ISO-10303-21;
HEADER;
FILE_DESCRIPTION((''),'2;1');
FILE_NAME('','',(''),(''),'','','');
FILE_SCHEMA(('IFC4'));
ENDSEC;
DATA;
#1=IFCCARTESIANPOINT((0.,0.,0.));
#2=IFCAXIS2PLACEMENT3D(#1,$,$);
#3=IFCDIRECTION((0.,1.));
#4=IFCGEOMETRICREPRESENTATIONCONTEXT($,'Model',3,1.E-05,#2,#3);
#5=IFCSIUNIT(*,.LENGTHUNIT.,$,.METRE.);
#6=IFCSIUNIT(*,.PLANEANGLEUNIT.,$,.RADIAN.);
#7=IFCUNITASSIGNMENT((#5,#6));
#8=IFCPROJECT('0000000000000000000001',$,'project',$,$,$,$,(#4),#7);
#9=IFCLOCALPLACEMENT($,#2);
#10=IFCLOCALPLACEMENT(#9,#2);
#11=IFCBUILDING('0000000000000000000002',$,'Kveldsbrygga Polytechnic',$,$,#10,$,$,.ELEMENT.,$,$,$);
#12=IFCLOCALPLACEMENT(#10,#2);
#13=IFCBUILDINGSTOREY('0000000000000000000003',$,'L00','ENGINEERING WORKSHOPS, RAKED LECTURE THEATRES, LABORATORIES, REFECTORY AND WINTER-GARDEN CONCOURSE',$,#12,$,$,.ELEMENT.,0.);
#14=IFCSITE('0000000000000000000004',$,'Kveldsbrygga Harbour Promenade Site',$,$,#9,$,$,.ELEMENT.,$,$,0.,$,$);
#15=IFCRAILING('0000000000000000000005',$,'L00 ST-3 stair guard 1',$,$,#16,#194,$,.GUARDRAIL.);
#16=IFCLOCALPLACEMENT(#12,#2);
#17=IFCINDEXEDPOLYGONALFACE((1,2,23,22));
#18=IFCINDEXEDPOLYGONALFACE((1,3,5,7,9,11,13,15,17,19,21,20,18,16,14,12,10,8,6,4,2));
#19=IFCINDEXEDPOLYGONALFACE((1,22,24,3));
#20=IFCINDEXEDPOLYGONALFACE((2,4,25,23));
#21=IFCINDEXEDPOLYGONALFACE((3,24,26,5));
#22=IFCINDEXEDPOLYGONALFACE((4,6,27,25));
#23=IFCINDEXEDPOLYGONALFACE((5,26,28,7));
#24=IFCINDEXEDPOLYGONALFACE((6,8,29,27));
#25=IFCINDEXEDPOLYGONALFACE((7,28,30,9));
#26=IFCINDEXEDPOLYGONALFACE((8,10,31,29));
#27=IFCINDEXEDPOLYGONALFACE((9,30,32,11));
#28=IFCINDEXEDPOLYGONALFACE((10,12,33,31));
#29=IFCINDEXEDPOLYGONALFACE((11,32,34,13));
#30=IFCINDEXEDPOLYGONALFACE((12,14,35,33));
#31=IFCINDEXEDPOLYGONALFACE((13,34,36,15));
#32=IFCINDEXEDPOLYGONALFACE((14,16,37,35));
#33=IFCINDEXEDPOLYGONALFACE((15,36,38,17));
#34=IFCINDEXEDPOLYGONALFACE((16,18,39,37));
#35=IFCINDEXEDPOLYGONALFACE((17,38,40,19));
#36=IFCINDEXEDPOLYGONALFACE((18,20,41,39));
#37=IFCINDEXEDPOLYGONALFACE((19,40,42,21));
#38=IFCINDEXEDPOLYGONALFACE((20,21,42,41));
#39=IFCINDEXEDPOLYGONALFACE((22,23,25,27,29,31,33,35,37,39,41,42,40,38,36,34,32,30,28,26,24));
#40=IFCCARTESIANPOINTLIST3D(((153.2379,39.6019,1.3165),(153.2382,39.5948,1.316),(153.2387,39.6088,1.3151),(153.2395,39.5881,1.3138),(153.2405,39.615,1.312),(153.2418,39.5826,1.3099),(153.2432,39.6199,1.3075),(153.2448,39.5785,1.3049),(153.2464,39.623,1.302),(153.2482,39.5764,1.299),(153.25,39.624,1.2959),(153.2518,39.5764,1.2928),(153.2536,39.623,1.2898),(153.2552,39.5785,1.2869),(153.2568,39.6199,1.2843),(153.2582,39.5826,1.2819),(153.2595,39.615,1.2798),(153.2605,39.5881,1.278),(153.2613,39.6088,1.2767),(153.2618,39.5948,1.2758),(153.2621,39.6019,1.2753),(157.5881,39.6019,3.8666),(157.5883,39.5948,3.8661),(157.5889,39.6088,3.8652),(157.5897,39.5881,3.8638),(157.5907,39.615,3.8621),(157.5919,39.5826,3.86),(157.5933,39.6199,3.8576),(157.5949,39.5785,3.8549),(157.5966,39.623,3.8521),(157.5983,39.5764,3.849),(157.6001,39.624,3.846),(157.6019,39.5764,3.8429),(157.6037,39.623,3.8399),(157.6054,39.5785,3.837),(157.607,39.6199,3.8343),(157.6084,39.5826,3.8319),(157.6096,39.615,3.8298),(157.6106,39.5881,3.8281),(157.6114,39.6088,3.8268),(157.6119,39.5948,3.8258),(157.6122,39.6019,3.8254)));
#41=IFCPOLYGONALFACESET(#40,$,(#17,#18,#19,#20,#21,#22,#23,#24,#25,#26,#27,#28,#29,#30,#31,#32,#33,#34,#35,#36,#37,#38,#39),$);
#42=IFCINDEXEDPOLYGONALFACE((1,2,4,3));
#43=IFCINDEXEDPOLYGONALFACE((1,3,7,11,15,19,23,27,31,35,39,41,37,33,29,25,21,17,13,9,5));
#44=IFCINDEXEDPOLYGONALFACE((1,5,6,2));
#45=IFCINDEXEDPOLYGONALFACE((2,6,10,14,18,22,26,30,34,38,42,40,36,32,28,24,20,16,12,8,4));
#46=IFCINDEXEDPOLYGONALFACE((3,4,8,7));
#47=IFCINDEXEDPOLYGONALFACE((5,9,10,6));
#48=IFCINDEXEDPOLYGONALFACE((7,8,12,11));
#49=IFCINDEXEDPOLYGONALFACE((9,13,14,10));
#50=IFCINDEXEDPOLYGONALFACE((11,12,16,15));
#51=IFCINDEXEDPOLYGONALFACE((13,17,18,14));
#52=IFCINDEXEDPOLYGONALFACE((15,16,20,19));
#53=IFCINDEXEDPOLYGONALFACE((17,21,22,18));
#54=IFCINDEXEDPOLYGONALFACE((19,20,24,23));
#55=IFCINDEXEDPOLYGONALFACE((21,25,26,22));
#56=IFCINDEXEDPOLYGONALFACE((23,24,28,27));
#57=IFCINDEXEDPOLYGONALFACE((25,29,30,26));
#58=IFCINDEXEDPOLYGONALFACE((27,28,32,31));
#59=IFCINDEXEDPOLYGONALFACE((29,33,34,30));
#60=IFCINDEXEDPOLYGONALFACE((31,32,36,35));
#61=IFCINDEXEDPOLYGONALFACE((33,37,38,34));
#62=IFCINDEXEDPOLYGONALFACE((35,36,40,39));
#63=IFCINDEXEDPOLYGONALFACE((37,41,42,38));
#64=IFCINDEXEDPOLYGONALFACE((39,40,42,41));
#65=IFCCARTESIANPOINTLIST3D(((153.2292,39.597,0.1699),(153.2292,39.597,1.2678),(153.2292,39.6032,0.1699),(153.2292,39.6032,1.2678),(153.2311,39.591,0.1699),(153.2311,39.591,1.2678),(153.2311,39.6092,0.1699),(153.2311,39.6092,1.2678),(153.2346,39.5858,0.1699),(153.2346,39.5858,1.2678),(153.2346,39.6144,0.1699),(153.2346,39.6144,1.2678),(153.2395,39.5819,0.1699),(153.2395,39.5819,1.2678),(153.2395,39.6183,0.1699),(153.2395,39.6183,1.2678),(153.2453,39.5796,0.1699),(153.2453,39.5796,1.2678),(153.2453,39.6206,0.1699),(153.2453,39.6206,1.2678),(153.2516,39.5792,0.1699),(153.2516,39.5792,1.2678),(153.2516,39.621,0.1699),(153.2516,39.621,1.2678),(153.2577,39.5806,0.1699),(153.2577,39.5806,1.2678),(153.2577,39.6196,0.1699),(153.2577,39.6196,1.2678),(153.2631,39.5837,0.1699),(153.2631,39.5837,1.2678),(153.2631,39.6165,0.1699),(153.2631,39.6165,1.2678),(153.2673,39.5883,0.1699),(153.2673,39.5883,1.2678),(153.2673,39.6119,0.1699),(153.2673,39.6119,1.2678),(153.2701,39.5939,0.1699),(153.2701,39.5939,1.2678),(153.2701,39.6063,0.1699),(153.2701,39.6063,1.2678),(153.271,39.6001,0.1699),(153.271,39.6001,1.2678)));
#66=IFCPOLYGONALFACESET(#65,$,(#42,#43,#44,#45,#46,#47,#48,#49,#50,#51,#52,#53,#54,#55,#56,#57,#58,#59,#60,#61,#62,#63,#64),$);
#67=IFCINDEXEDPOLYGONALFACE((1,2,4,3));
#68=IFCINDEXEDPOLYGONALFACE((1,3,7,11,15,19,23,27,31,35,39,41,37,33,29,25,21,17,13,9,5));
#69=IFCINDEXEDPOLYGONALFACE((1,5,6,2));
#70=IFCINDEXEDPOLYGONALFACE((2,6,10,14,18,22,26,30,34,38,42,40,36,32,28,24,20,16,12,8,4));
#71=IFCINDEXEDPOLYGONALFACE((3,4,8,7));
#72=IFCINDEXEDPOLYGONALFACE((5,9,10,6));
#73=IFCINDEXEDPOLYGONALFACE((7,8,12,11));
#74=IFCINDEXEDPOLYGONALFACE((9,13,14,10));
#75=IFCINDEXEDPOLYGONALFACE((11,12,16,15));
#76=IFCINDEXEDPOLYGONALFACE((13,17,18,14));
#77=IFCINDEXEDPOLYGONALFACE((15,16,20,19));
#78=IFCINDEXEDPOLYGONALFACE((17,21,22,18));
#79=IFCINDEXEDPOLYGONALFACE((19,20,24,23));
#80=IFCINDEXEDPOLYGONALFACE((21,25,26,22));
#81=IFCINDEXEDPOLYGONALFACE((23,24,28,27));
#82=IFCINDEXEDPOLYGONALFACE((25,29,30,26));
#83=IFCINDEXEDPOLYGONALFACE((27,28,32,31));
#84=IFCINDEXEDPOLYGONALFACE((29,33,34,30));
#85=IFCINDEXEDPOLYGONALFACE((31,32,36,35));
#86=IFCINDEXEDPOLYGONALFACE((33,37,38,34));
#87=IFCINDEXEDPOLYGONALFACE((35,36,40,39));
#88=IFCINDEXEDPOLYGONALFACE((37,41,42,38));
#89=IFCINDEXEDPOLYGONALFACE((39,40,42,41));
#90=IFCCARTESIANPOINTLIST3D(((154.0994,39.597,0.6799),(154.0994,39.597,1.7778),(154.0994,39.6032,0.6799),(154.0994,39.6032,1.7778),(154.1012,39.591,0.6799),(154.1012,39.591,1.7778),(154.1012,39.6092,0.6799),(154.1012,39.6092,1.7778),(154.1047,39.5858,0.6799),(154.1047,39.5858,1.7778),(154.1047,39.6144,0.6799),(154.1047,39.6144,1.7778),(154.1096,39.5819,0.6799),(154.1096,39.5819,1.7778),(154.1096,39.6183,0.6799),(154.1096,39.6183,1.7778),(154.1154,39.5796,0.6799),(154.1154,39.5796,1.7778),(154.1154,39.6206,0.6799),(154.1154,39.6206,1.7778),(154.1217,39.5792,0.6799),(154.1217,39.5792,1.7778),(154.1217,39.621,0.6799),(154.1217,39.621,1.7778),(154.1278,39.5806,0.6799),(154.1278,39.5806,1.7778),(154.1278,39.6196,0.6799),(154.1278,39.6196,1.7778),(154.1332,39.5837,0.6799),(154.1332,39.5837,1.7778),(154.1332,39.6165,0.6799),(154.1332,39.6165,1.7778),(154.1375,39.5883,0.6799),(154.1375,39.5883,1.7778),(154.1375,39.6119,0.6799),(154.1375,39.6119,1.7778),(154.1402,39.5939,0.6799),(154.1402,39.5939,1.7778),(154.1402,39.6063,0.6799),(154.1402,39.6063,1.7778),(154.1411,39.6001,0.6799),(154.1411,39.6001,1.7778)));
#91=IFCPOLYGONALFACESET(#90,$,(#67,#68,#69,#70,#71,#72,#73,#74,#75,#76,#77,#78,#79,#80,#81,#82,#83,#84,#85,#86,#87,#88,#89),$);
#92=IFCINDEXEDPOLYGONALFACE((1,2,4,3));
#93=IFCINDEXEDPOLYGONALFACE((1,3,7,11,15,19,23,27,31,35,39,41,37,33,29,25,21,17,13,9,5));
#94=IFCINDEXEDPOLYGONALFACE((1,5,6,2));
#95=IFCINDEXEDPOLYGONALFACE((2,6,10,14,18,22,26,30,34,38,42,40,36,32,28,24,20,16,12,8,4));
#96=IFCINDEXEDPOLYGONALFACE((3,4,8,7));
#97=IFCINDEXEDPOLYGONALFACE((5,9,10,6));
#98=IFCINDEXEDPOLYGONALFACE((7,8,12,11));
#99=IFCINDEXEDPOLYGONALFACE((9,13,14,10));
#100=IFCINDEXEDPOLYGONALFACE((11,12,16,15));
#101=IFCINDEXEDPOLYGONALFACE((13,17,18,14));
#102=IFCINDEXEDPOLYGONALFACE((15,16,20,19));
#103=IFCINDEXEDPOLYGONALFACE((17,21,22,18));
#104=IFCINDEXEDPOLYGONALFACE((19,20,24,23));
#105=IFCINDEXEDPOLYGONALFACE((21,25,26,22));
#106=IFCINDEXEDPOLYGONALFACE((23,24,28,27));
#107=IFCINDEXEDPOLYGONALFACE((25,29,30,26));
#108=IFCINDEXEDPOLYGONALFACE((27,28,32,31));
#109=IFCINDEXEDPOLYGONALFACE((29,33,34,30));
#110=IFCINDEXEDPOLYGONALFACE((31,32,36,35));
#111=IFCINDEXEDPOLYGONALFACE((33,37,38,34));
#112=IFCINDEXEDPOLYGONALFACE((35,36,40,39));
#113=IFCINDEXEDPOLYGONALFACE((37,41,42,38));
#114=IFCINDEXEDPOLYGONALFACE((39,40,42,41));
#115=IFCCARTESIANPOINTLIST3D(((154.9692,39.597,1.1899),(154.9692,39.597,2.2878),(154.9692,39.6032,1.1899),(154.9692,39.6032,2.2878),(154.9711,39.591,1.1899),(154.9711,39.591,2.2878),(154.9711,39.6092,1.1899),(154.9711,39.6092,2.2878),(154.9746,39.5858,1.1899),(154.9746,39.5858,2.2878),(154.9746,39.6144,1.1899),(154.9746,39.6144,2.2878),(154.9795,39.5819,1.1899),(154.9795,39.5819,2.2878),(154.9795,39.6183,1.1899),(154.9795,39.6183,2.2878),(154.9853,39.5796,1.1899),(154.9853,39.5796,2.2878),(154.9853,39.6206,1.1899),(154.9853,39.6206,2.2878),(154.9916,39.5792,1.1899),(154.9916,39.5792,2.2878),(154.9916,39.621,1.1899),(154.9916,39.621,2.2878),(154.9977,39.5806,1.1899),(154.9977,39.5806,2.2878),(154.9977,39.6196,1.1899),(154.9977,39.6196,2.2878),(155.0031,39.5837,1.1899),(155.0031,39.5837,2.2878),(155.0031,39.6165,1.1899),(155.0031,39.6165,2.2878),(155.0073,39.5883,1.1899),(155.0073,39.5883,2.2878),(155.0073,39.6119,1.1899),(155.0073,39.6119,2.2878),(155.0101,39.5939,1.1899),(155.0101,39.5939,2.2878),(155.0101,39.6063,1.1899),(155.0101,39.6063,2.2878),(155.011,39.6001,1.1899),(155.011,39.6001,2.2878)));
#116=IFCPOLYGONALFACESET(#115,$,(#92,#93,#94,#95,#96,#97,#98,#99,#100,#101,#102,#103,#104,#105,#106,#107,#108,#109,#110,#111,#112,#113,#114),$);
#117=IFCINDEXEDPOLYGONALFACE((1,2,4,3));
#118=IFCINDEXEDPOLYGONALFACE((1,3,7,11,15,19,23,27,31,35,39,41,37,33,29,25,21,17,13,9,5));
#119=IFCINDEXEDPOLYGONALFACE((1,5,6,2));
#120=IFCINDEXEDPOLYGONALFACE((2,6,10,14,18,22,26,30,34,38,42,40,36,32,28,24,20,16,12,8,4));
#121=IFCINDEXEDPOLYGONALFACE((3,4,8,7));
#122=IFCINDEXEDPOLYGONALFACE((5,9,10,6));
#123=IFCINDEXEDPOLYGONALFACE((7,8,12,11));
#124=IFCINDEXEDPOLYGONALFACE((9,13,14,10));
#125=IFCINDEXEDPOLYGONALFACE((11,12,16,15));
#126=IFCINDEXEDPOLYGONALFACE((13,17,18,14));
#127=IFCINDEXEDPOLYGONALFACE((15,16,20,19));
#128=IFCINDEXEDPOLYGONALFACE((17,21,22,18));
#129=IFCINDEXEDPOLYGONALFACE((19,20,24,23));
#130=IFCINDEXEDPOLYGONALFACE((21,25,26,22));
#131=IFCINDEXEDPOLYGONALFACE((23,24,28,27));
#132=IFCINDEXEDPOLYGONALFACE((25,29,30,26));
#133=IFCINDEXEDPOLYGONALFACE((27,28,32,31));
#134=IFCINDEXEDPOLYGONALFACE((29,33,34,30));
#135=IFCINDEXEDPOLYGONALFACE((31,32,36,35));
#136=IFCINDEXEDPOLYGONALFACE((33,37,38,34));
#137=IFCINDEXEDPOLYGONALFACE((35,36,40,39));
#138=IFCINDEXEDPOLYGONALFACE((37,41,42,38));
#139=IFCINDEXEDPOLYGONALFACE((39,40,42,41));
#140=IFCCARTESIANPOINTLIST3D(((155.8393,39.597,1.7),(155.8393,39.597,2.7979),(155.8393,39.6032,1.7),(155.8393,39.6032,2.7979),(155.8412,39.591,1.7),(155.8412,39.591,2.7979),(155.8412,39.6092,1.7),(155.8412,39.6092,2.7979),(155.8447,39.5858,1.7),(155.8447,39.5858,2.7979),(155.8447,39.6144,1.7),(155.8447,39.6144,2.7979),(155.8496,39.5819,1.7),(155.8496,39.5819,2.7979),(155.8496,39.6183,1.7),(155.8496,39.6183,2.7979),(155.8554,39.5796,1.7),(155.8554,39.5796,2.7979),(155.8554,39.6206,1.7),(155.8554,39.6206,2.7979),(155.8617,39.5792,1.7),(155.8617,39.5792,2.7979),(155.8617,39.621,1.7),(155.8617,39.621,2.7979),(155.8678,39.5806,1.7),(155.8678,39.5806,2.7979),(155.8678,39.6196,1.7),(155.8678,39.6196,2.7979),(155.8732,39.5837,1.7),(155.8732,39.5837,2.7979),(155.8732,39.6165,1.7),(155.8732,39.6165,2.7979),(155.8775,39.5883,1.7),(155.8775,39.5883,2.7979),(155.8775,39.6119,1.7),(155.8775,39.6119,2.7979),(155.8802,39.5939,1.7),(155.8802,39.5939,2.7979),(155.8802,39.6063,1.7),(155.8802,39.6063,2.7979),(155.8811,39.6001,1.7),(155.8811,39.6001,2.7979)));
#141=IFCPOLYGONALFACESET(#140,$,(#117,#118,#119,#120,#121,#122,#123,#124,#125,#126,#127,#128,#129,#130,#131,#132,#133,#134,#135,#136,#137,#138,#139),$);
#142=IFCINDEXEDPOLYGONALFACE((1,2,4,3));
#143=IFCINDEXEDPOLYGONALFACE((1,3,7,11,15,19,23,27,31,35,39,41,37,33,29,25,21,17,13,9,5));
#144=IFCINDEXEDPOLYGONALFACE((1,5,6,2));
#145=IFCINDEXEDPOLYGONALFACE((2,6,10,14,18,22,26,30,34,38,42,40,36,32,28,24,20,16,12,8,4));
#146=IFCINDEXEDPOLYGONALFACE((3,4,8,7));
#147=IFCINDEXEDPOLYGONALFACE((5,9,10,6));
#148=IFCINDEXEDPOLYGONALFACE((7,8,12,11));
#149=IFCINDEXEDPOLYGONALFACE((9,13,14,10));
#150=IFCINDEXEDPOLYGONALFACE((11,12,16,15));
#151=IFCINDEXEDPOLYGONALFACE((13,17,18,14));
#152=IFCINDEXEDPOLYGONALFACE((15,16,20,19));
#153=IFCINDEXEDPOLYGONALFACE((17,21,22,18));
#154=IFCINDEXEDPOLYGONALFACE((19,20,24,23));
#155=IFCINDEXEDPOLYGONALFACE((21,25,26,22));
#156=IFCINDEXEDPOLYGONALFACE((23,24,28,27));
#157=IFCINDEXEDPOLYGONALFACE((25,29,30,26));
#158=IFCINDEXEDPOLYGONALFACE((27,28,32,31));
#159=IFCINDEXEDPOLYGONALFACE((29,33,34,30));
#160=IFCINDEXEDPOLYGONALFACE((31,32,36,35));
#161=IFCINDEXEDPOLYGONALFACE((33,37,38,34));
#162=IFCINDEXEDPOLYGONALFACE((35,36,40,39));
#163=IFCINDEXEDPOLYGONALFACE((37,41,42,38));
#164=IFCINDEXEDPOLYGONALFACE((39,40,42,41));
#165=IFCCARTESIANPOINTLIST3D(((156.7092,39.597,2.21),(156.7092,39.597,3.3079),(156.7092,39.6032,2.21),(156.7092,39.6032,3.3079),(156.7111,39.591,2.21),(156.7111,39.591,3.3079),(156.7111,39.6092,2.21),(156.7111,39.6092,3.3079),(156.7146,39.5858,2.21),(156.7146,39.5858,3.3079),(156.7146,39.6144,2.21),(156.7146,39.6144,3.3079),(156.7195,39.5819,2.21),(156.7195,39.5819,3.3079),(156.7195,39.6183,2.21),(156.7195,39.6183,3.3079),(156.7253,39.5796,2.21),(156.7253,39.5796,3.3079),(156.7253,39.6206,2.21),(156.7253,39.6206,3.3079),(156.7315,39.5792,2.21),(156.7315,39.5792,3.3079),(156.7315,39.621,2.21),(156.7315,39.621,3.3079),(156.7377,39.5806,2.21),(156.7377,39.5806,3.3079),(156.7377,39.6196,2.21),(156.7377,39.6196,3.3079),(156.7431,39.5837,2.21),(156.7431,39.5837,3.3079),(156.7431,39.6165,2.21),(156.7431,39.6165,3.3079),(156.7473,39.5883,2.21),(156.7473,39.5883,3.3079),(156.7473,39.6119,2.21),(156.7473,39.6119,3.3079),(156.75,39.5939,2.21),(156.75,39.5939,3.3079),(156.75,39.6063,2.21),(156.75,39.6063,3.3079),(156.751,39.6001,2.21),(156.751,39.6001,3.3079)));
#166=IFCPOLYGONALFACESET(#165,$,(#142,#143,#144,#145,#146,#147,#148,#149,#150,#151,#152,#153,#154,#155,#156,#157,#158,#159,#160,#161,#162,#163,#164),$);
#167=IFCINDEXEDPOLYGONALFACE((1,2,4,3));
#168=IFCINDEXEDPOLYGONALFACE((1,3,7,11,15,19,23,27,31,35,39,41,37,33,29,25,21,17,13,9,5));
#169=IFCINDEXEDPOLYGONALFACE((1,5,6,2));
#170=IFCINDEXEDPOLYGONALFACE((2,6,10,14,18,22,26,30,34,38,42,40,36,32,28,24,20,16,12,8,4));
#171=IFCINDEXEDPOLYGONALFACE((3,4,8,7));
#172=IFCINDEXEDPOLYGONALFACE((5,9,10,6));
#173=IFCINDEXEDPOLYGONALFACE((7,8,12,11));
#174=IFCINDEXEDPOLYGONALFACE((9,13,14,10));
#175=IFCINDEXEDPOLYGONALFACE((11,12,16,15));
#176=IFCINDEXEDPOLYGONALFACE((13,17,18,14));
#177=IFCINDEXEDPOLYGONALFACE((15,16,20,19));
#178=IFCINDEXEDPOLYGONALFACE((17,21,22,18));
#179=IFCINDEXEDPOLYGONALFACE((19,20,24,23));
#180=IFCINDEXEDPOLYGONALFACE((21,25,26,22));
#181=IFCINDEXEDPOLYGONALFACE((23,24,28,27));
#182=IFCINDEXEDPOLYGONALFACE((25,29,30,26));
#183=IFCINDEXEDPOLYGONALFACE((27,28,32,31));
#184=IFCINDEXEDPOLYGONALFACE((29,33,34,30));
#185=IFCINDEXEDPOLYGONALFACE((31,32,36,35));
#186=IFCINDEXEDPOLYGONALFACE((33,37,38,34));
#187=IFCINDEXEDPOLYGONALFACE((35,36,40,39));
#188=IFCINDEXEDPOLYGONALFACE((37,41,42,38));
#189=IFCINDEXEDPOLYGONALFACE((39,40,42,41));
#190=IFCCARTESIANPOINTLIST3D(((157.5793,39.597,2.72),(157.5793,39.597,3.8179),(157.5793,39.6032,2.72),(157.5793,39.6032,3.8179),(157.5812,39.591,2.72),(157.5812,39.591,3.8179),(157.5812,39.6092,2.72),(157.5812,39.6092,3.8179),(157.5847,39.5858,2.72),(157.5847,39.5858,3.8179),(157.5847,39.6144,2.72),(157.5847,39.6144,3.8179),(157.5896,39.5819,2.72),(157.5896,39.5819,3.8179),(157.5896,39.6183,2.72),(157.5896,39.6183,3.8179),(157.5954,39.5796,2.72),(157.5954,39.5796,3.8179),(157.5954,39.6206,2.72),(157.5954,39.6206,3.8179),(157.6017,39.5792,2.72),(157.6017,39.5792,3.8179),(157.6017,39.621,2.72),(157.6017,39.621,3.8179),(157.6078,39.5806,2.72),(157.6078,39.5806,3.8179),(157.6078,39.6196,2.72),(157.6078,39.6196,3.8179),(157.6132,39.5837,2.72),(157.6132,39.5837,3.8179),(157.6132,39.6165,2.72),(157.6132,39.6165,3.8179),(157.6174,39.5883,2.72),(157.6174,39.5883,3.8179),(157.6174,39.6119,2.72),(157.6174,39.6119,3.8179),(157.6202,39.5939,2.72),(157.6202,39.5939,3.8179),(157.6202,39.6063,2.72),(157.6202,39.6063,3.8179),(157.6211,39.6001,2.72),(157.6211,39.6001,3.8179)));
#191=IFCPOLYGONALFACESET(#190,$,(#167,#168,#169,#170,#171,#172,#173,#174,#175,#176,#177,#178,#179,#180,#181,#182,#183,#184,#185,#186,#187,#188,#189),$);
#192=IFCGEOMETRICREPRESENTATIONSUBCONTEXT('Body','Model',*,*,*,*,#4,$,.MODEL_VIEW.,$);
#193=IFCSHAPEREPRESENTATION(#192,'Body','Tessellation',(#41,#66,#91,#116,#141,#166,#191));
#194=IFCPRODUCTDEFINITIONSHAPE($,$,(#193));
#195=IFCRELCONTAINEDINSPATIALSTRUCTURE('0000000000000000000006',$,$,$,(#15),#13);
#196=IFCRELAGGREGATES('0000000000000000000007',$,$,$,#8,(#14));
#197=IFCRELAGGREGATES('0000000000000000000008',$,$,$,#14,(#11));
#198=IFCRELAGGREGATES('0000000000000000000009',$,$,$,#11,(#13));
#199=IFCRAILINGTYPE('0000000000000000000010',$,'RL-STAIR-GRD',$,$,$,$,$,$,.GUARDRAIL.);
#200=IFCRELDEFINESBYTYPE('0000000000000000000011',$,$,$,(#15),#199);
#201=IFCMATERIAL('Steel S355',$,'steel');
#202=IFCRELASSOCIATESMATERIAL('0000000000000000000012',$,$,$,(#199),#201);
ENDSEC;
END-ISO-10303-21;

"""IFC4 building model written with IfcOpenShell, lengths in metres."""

from ifc_helpers import new_model, si_unit, direction, frame, origin, origin_2d, place, context, subcontext, project, spatial, circle, extrude, material, type_object, element, save


model = new_model("IFC4")

# Units and contexts
model_context = context("Model", 3, precision=1e-05, world=origin(), true_north=direction((0.0, 1.0)))
body_context = subcontext(model_context, "Body", "Model", "MODEL_VIEW")
ifc_project = project(units=[si_unit("LENGTHUNIT", "METRE"), si_unit("PLANEANGLEUNIT", "RADIAN")], contexts=[model_context])

# Site, building, storey
site_placement = place(None, origin())
site = spatial("IfcSite", under=ifc_project, at=site_placement, Name="Kveldsbrygga Harbour Promenade Site", CompositionType="ELEMENT", RefElevation=0.0)
building_placement = place(site_placement, origin())
building = spatial("IfcBuilding", under=site, at=building_placement, Name="Kveldsbrygga Polytechnic", CompositionType="ELEMENT")
storey_placement = place(building_placement, origin())
storey = spatial("IfcBuildingStorey", under=building, at=storey_placement, Name="L00", Description="ENGINEERING WORKSHOPS, RAKED LECTURE THEATRES, LABORATORIES, REFECTORY AND WINTER-GARDEN CONCOURSE", CompositionType="ELEMENT", Elevation=0.0)

# Railing
ifc_material_1 = material(Name="Steel S355", Category="steel")
railing_type_1 = type_object("IfcRailingType", Name="RL-STAIR-GRD", PredefinedType="GUARDRAIL", material=ifc_material_1)
railing_1_placement = place(storey_placement, frame((153.25, 39.6001, 0.1699)))
element("IfcRailing", 1, at=railing_1_placement, inside=storey, type_object=railing_type_1, Name="L00 ST-3 stair guard 1", PredefinedType="GUARDRAIL", context=body_context, shape_type="SweptSolid", body=[
    extrude(circle(Radius=0.0239, at=origin_2d()), frame((0.0, 0.0, 1.126), z_axis=(0.862699, 0.0, 0.505718), x_axis=(0.0, 1.0, 0.0)), (0.0, 0.0, 1.0), 5.0425),
    extrude(circle(Radius=0.021, at=origin_2d()), origin(), (0.0, 0.0, 1.0), 1.0979),
    extrude(circle(Radius=0.021, at=origin_2d()), frame((0.8701, 0.0, 0.51)), (0.0, 0.0, 1.0), 1.0979),
    extrude(circle(Radius=0.021, at=origin_2d()), frame((1.74, 0.0, 1.02)), (0.0, 0.0, 1.0), 1.0979),
    extrude(circle(Radius=0.021, at=origin_2d()), frame((2.6101, 0.0, 1.53)), (0.0, 0.0, 1.0), 1.0979),
    extrude(circle(Radius=0.021, at=origin_2d()), frame((3.48, 0.0, 2.04)), (0.0, 0.0, 1.0), 1.0979),
    extrude(circle(Radius=0.021, at=origin_2d()), frame((4.3501, 0.0, 2.55)), (0.0, 0.0, 1.0), 1.0979),
])

save(model, "model.ifc")
